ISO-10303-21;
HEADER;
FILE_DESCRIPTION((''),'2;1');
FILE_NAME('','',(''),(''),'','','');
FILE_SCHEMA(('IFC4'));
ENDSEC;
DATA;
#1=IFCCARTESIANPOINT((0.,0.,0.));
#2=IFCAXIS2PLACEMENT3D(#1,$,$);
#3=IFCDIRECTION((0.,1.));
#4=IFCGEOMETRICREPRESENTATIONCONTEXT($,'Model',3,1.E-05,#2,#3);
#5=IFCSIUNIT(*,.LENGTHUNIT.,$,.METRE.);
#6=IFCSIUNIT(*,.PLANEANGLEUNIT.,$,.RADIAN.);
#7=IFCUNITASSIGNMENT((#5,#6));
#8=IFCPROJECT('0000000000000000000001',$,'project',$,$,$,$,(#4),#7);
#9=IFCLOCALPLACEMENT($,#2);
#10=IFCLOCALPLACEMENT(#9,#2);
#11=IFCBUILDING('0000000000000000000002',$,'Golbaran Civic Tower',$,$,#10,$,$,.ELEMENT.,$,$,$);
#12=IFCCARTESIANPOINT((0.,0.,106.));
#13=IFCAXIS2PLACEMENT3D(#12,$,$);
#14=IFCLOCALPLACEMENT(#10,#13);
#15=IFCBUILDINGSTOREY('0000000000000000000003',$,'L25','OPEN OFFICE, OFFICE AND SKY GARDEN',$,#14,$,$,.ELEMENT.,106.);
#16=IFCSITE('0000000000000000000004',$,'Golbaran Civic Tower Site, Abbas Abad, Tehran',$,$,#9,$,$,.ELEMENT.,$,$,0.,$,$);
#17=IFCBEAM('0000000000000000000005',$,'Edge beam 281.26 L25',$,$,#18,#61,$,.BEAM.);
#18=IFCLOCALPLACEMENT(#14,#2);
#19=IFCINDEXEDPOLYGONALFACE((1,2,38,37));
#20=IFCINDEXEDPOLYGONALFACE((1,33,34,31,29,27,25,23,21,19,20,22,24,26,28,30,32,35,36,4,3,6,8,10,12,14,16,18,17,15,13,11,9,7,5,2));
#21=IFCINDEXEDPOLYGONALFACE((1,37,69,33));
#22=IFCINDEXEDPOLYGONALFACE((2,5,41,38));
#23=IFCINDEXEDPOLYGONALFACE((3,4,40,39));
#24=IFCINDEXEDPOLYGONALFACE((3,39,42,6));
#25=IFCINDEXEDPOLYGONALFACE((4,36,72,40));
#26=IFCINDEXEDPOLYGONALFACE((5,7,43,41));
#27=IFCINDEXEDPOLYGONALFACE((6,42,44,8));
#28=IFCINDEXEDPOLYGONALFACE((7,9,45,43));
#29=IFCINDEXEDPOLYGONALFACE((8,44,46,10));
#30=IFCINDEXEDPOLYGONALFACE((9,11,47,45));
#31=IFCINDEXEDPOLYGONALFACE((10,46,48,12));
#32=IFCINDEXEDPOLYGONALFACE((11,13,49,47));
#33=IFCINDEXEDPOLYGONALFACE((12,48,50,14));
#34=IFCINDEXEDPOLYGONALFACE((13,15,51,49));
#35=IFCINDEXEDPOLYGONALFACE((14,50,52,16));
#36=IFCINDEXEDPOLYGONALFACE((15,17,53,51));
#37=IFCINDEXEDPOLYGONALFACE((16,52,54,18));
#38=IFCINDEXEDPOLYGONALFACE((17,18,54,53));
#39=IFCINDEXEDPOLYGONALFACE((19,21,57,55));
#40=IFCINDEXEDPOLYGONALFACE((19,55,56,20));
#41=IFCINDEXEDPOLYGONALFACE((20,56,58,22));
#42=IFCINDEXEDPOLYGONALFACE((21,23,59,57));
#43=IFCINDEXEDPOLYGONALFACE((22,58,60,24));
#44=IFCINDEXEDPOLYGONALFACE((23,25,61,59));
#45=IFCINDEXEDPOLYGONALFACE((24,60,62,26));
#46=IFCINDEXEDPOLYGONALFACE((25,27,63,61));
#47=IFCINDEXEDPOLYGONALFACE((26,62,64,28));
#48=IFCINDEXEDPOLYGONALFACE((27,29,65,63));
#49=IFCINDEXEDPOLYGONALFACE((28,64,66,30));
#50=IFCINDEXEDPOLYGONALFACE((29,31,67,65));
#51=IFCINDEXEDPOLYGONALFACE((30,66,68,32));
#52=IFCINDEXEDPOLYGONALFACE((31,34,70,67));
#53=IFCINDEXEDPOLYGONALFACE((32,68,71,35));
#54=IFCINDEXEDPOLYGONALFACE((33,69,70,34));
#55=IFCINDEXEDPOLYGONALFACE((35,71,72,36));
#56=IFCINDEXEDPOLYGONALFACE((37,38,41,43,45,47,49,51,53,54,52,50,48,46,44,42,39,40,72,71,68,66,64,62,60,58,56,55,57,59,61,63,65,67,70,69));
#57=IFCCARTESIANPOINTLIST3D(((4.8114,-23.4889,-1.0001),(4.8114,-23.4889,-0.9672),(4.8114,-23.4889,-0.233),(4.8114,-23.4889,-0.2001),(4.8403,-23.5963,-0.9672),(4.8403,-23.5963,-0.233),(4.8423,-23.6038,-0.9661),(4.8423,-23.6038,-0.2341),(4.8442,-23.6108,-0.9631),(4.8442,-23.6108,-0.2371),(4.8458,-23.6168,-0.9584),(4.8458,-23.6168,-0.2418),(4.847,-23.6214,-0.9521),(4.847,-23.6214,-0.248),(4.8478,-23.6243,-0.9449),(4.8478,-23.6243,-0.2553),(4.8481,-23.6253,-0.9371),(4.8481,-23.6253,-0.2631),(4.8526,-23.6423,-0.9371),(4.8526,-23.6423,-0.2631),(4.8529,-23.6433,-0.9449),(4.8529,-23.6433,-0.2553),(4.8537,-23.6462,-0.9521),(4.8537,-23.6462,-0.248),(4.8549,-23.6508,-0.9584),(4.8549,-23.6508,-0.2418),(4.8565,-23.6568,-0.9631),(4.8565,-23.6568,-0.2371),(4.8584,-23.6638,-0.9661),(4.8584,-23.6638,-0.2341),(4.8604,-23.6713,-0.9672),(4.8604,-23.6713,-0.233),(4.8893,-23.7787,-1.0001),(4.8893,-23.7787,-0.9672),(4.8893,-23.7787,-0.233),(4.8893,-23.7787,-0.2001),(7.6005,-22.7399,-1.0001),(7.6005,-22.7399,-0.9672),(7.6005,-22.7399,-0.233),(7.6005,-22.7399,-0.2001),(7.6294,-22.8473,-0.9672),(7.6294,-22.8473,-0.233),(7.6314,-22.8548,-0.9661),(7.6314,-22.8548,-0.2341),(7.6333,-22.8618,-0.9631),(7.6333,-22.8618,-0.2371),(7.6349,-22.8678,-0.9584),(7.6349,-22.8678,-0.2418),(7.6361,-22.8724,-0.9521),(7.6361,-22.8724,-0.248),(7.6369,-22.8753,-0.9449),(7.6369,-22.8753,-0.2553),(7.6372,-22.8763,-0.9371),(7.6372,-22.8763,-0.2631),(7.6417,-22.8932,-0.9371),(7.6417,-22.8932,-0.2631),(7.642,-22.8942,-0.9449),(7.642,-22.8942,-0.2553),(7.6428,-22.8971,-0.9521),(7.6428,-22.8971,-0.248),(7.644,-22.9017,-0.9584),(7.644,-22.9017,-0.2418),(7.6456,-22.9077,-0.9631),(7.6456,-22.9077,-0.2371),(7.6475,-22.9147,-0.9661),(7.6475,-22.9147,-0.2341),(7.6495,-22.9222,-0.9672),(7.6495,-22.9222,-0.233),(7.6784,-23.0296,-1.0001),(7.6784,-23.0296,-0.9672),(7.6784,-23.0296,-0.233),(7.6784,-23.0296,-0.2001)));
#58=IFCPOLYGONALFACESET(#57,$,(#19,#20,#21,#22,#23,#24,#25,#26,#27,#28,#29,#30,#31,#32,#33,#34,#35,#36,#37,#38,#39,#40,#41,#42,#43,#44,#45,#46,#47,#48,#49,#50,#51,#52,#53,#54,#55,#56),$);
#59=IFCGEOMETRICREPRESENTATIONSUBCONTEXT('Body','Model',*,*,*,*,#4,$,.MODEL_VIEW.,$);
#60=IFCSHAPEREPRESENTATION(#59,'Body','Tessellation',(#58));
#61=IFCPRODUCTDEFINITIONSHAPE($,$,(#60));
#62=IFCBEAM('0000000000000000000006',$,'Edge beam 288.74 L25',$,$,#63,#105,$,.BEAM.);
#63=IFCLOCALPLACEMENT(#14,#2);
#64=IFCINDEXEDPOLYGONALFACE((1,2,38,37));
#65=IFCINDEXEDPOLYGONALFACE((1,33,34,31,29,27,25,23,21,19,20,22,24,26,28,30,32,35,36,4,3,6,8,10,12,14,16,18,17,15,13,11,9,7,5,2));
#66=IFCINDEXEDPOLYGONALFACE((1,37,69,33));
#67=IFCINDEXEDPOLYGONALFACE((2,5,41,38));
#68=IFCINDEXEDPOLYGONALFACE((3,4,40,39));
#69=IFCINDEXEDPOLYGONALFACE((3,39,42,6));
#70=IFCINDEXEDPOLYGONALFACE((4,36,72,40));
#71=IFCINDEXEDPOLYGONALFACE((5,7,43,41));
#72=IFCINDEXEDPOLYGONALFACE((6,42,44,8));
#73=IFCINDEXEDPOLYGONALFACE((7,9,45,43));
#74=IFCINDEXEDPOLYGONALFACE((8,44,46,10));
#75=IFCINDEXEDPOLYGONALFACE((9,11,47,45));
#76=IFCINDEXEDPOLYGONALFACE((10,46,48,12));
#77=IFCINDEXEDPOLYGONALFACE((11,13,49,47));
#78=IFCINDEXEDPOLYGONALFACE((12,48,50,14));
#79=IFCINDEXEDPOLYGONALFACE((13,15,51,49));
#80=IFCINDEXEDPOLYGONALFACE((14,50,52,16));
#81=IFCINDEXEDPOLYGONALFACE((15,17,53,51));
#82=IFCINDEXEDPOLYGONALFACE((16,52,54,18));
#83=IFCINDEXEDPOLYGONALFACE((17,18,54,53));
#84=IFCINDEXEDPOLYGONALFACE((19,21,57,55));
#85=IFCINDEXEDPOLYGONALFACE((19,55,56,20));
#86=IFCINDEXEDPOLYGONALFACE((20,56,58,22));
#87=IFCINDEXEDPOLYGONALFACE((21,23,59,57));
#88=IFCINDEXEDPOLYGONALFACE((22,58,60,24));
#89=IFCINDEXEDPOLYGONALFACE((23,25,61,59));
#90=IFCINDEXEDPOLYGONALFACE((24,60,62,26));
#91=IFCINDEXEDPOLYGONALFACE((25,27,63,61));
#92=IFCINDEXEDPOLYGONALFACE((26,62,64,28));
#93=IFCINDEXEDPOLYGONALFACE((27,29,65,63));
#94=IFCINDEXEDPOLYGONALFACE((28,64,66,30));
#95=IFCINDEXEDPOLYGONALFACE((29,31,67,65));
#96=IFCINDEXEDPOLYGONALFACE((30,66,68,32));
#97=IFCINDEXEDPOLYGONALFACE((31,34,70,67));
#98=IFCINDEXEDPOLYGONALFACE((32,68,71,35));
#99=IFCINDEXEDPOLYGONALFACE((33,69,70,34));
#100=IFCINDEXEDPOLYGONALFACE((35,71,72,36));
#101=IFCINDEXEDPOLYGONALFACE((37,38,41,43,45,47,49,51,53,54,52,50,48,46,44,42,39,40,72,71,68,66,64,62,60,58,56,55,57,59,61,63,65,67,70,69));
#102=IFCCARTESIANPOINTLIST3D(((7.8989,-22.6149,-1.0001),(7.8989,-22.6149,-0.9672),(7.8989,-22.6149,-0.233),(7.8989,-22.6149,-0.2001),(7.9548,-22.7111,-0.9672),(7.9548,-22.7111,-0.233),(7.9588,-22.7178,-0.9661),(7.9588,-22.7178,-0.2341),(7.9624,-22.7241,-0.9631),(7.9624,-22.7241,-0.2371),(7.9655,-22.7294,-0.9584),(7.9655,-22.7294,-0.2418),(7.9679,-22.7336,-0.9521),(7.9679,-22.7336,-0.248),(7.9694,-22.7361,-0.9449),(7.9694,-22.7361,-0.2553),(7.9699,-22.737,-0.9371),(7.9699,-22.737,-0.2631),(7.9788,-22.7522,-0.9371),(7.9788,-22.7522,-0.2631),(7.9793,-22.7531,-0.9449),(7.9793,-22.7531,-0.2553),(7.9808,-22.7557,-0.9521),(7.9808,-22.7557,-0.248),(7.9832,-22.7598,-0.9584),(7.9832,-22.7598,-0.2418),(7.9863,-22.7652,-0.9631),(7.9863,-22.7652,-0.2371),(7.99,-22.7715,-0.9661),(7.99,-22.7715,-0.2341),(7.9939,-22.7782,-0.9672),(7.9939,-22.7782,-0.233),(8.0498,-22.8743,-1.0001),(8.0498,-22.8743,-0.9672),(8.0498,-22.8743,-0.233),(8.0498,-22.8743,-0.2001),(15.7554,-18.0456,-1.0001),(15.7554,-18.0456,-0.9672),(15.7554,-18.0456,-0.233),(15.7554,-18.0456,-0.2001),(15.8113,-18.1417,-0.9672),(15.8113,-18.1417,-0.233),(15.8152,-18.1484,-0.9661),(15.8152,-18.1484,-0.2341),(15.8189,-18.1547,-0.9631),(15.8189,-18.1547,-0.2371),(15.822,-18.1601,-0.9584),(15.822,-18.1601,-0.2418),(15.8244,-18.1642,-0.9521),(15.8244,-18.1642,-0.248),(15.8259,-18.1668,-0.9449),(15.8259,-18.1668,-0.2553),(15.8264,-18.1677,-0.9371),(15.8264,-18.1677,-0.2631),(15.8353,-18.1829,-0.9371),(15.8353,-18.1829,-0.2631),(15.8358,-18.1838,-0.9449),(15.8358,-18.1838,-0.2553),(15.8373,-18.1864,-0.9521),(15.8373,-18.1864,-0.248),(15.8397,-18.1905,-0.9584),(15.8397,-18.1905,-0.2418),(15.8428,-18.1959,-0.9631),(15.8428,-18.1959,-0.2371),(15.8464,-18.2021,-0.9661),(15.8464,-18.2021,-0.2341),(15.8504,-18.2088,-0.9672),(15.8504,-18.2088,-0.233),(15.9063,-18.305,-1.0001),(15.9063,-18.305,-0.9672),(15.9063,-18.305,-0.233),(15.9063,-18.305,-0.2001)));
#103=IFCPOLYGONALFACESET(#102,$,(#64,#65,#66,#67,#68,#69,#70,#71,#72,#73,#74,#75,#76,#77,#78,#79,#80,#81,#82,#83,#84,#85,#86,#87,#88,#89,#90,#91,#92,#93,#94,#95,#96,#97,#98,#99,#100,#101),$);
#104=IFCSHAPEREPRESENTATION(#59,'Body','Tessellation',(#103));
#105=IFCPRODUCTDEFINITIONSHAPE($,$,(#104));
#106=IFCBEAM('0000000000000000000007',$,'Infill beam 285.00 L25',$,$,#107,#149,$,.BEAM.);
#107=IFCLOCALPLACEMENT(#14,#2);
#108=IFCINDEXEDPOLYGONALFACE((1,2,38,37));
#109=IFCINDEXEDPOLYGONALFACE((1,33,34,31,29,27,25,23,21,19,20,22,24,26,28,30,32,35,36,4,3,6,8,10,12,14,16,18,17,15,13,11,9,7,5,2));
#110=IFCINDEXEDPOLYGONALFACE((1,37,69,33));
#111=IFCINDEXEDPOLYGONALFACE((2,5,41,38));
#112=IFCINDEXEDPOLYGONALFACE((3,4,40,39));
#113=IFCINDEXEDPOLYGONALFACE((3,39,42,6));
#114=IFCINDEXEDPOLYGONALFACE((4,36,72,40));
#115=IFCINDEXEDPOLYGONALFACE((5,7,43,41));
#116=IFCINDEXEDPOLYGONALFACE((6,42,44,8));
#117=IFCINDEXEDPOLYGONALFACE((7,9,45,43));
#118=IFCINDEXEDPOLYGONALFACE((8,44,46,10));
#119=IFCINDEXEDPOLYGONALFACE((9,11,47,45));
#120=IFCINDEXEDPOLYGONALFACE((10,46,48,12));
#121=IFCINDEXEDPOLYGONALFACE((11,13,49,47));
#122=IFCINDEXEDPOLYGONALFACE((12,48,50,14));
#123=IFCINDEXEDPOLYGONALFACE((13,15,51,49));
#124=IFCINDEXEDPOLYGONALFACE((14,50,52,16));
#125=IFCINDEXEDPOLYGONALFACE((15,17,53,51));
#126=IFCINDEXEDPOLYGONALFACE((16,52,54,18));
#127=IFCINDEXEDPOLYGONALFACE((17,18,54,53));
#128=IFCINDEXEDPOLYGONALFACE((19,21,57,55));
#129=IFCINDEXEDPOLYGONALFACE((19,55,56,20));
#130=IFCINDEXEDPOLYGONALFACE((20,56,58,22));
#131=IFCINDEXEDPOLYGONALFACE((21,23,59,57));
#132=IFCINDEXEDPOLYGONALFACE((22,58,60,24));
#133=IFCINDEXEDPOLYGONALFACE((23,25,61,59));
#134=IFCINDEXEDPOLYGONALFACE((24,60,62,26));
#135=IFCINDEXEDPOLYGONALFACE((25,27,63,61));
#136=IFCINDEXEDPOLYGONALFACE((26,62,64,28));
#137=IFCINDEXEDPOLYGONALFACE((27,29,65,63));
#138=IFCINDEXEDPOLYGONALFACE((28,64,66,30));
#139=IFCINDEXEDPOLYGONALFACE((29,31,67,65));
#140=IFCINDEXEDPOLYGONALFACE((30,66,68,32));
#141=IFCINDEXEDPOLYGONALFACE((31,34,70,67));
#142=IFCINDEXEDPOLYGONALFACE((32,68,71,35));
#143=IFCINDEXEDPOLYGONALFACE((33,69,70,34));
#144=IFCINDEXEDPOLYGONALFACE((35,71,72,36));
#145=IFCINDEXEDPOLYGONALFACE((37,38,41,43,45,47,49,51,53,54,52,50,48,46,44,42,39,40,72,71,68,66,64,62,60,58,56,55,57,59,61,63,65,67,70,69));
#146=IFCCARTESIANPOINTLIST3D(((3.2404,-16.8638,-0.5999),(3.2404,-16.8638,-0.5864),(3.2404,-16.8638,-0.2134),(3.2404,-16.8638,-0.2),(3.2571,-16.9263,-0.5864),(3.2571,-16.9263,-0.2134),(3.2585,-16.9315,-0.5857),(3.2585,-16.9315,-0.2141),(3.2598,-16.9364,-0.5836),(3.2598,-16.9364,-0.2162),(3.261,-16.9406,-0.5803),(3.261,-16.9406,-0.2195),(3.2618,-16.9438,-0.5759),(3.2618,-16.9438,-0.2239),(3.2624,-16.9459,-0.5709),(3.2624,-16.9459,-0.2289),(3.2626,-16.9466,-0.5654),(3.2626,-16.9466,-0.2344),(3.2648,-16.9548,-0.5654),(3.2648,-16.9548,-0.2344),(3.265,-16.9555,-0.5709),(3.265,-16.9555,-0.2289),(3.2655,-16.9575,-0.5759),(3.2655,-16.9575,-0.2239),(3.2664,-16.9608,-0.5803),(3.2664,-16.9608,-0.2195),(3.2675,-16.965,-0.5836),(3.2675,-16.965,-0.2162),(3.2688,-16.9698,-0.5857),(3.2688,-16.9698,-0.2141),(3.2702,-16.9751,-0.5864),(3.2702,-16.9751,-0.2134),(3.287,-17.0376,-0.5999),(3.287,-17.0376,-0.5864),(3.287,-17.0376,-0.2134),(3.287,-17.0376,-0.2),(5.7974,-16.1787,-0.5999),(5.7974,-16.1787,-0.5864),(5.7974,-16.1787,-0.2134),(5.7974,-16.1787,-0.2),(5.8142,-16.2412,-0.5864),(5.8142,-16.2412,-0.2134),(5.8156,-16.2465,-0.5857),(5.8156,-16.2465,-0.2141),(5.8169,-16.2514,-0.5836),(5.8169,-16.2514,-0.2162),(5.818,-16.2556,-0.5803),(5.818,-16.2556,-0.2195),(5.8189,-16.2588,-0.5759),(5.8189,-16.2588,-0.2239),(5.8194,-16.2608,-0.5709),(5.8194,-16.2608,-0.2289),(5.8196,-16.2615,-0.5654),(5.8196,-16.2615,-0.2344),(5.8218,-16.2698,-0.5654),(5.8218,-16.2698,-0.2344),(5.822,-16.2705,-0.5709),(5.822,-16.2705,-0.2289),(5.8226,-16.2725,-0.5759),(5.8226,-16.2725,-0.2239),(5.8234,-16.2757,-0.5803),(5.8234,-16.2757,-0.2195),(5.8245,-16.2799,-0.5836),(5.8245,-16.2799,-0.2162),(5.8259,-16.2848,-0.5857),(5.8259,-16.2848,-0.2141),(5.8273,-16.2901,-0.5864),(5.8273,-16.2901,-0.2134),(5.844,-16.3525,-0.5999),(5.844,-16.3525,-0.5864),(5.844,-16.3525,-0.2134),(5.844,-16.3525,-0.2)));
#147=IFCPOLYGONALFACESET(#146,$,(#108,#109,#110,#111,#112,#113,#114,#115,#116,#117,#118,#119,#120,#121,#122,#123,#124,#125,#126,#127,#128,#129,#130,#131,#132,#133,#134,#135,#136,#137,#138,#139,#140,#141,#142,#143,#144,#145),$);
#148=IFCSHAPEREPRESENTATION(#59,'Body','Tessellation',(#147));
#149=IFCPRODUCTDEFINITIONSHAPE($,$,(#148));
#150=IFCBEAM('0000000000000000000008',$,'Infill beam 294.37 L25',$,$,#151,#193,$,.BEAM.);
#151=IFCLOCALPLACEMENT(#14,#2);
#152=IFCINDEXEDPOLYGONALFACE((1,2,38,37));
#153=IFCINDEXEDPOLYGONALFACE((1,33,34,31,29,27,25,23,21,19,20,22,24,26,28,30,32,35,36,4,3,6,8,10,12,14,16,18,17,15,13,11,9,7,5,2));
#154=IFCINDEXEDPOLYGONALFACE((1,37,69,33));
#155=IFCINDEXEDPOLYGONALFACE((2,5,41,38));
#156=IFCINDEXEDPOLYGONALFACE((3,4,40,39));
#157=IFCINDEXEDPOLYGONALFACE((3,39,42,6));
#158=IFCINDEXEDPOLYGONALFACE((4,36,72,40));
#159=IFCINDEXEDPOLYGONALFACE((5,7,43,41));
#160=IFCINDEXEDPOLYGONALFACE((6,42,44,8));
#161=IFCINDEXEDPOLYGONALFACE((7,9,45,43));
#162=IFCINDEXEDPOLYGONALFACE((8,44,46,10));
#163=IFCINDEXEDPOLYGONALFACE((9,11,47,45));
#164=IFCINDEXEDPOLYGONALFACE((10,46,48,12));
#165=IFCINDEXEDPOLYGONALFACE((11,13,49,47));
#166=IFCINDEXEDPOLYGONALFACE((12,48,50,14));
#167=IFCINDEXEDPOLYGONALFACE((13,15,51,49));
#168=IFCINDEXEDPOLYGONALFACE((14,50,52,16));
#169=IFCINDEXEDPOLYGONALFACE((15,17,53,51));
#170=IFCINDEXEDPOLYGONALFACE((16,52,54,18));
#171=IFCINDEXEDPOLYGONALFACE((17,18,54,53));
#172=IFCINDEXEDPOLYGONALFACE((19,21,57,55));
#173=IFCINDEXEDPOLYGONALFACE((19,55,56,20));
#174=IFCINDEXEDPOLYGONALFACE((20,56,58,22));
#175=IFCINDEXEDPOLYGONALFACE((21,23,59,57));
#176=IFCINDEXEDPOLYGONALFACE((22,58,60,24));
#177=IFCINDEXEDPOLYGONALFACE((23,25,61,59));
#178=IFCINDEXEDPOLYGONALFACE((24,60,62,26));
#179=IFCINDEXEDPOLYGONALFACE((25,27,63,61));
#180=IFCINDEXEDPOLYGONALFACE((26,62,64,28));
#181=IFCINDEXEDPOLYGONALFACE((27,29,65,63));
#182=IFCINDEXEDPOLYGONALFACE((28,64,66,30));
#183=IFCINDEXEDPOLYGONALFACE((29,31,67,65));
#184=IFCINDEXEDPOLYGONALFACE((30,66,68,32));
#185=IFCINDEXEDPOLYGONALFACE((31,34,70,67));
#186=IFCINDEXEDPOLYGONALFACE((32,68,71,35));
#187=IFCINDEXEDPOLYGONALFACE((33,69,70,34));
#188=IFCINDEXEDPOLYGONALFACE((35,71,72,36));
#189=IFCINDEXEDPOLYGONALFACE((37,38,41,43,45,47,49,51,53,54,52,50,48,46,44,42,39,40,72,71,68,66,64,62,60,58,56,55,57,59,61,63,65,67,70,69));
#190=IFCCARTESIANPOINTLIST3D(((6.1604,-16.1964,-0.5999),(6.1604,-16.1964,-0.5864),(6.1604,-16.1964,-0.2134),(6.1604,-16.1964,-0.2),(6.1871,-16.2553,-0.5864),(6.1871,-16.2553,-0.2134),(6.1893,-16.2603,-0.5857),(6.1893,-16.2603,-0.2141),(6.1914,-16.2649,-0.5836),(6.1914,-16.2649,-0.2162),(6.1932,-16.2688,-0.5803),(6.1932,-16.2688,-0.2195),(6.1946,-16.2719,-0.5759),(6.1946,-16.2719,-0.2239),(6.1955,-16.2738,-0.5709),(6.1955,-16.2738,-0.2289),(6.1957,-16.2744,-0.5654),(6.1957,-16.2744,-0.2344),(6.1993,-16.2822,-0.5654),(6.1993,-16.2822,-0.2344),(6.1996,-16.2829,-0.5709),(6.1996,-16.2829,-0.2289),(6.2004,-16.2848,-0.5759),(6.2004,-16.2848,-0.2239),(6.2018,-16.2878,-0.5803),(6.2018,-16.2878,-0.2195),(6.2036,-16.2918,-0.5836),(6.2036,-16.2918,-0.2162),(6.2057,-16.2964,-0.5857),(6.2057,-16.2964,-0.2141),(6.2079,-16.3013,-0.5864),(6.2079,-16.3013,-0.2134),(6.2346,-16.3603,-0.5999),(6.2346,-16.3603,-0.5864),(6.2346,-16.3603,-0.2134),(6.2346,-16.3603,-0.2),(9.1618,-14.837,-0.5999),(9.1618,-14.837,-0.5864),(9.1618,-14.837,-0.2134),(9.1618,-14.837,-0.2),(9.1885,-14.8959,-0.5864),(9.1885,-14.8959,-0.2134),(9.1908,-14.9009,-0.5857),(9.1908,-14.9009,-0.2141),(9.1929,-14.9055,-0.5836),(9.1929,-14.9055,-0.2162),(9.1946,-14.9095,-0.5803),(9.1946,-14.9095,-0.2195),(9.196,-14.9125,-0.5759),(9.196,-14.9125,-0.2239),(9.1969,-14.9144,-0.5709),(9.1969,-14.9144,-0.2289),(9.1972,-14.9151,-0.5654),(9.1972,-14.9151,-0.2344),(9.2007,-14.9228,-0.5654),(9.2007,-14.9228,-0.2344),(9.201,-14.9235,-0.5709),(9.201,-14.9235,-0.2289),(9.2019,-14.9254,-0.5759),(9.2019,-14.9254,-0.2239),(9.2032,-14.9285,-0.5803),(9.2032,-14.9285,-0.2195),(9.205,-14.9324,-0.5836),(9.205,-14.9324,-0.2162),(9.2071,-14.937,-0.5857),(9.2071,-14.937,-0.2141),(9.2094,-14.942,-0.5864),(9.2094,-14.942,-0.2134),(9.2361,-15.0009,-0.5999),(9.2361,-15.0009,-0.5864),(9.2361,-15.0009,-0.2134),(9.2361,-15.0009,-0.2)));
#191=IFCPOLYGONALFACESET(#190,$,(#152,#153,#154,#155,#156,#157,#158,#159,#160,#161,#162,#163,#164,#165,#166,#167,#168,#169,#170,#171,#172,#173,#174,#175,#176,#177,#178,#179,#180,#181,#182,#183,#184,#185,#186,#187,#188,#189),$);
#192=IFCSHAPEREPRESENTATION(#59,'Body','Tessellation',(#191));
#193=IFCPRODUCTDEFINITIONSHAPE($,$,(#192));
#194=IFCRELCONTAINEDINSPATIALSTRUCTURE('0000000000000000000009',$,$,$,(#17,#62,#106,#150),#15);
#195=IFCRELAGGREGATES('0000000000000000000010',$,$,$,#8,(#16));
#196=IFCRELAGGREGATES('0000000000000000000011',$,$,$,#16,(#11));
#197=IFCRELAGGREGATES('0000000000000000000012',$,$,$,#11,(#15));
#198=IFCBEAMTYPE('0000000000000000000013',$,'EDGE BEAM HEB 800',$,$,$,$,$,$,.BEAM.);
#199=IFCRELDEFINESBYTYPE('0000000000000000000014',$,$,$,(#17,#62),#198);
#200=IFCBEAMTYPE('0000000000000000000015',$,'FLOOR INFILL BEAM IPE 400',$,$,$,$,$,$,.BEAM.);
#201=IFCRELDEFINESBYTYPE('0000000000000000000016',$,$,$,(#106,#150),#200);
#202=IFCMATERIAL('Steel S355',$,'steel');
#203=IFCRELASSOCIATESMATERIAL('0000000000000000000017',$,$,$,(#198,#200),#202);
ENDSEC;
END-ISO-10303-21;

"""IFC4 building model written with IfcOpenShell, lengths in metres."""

from ifc_helpers import new_model, si_unit, direction, frame, origin, origin_2d, place, context, subcontext, project, spatial, i_section, extrude, material, material_profile, profile_set, type_object, element, save


model = new_model("IFC4")

# Units and contexts
model_context = context("Model", 3, precision=1e-05, world=origin(), true_north=direction((0.0, 1.0)))
body_context = subcontext(model_context, "Body", "Model", "MODEL_VIEW")
ifc_project = project(units=[si_unit("LENGTHUNIT", "METRE"), si_unit("PLANEANGLEUNIT", "RADIAN")], contexts=[model_context])

# Site, building, storey
site_placement = place(None, origin())
site = spatial("IfcSite", under=ifc_project, at=site_placement, Name="Golbaran Civic Tower Site, Abbas Abad, Tehran", CompositionType="ELEMENT", RefElevation=0.0)
building_placement = place(site_placement, origin())
building = spatial("IfcBuilding", under=site, at=building_placement, Name="Golbaran Civic Tower", CompositionType="ELEMENT")
storey_placement = place(building_placement, frame((0.0, 0.0, 106.0)))
storey = spatial("IfcBuildingStorey", under=building, at=storey_placement, Name="L25", Description="OPEN OFFICE, OFFICE AND SKY GARDEN", CompositionType="ELEMENT", Elevation=106.0)

# Beams
ifc_material_1 = material(Name="Steel S355", Category="steel")
ifc_material_profile_1 = material_profile(ifc_material_1, i_section(OverallWidth=0.3, OverallDepth=0.8, WebThickness=0.0176, FlangeThickness=0.033, FilletRadius=0.03, at=origin_2d()), Name="HEB 800")
ifc_profile_set_1 = profile_set([ifc_material_profile_1], Name="Steel S355")
beam_type_1 = type_object("IfcBeamType", Name="EDGE BEAM HEB 800", PredefinedType="BEAM", material=ifc_profile_set_1)
beam_1_placement = place(storey_placement, frame((4.8503, -23.6338, -0.6001), z_axis=(0.965779, 0.259367, 0.0), x_axis=(-0.259367, 0.965779, 0.0)))
element("IfcBeam", 1, at=beam_1_placement, inside=storey, type_object=beam_type_1, Name="Edge beam 281.26 L25", PredefinedType="BEAM", context=body_context, shape_type="SweptSolid", body=[
    extrude(i_section(OverallWidth=0.3, OverallDepth=0.8, WebThickness=0.0176, FlangeThickness=0.033, FilletRadius=0.03, at=origin_2d()), origin(), (0.0, 0.0, 1.0), 2.8879),
])
beam_2_placement = place(storey_placement, frame((7.9744, -22.7446, -0.6001), z_axis=(0.864429, 0.502755, 0.0), x_axis=(-0.502755, 0.864429, 0.0)))
element("IfcBeam", 2, at=beam_2_placement, inside=storey, type_object=beam_type_1, Name="Edge beam 288.74 L25", PredefinedType="BEAM", context=body_context, shape_type="SweptSolid", body=[
    extrude(i_section(OverallWidth=0.3, OverallDepth=0.8, WebThickness=0.0176, FlangeThickness=0.033, FilletRadius=0.03, at=origin_2d()), origin(), (0.0, 0.0, 1.0), 9.0886),
])
ifc_material_profile_2 = material_profile(ifc_material_1, i_section(OverallWidth=0.1799, OverallDepth=0.3999, WebThickness=0.0085, FlangeThickness=0.0134, FilletRadius=0.021, at=origin_2d()), Name="IPE 400")
ifc_profile_set_2 = profile_set([ifc_material_profile_2], Name="Steel S355")
beam_type_2 = type_object("IfcBeamType", Name="FLOOR INFILL BEAM IPE 400", PredefinedType="BEAM", material=ifc_profile_set_2)
beam_3_placement = place(storey_placement, frame((3.2637, -16.9507, -0.3999), z_axis=(0.965937, 0.258776, 0.0), x_axis=(-0.258776, 0.965937, 0.0)))
element("IfcBeam", 3, at=beam_3_placement, inside=storey, type_object=beam_type_2, Name="Infill beam 285.00 L25", PredefinedType="BEAM", context=body_context, shape_type="SweptSolid", body=[
    extrude(i_section(OverallWidth=0.1799, OverallDepth=0.3999, WebThickness=0.0085, FlangeThickness=0.0134, FilletRadius=0.021, at=origin_2d()), origin(), (0.0, 0.0, 1.0), 2.6472),
])
beam_4_placement = place(storey_placement, frame((6.1975, -16.2783, -0.3999), z_axis=(0.910929, 0.412563, 0.0), x_axis=(-0.412563, 0.910929, 0.0)))
element("IfcBeam", 4, at=beam_4_placement, inside=storey, type_object=beam_type_2, Name="Infill beam 294.37 L25", PredefinedType="BEAM", context=body_context, shape_type="SweptSolid", body=[
    extrude(i_section(OverallWidth=0.1799, OverallDepth=0.3999, WebThickness=0.0085, FlangeThickness=0.0134, FilletRadius=0.021, at=origin_2d()), origin(), (0.0, 0.0, 1.0), 3.2949),
])

save(model, "model.ifc")
